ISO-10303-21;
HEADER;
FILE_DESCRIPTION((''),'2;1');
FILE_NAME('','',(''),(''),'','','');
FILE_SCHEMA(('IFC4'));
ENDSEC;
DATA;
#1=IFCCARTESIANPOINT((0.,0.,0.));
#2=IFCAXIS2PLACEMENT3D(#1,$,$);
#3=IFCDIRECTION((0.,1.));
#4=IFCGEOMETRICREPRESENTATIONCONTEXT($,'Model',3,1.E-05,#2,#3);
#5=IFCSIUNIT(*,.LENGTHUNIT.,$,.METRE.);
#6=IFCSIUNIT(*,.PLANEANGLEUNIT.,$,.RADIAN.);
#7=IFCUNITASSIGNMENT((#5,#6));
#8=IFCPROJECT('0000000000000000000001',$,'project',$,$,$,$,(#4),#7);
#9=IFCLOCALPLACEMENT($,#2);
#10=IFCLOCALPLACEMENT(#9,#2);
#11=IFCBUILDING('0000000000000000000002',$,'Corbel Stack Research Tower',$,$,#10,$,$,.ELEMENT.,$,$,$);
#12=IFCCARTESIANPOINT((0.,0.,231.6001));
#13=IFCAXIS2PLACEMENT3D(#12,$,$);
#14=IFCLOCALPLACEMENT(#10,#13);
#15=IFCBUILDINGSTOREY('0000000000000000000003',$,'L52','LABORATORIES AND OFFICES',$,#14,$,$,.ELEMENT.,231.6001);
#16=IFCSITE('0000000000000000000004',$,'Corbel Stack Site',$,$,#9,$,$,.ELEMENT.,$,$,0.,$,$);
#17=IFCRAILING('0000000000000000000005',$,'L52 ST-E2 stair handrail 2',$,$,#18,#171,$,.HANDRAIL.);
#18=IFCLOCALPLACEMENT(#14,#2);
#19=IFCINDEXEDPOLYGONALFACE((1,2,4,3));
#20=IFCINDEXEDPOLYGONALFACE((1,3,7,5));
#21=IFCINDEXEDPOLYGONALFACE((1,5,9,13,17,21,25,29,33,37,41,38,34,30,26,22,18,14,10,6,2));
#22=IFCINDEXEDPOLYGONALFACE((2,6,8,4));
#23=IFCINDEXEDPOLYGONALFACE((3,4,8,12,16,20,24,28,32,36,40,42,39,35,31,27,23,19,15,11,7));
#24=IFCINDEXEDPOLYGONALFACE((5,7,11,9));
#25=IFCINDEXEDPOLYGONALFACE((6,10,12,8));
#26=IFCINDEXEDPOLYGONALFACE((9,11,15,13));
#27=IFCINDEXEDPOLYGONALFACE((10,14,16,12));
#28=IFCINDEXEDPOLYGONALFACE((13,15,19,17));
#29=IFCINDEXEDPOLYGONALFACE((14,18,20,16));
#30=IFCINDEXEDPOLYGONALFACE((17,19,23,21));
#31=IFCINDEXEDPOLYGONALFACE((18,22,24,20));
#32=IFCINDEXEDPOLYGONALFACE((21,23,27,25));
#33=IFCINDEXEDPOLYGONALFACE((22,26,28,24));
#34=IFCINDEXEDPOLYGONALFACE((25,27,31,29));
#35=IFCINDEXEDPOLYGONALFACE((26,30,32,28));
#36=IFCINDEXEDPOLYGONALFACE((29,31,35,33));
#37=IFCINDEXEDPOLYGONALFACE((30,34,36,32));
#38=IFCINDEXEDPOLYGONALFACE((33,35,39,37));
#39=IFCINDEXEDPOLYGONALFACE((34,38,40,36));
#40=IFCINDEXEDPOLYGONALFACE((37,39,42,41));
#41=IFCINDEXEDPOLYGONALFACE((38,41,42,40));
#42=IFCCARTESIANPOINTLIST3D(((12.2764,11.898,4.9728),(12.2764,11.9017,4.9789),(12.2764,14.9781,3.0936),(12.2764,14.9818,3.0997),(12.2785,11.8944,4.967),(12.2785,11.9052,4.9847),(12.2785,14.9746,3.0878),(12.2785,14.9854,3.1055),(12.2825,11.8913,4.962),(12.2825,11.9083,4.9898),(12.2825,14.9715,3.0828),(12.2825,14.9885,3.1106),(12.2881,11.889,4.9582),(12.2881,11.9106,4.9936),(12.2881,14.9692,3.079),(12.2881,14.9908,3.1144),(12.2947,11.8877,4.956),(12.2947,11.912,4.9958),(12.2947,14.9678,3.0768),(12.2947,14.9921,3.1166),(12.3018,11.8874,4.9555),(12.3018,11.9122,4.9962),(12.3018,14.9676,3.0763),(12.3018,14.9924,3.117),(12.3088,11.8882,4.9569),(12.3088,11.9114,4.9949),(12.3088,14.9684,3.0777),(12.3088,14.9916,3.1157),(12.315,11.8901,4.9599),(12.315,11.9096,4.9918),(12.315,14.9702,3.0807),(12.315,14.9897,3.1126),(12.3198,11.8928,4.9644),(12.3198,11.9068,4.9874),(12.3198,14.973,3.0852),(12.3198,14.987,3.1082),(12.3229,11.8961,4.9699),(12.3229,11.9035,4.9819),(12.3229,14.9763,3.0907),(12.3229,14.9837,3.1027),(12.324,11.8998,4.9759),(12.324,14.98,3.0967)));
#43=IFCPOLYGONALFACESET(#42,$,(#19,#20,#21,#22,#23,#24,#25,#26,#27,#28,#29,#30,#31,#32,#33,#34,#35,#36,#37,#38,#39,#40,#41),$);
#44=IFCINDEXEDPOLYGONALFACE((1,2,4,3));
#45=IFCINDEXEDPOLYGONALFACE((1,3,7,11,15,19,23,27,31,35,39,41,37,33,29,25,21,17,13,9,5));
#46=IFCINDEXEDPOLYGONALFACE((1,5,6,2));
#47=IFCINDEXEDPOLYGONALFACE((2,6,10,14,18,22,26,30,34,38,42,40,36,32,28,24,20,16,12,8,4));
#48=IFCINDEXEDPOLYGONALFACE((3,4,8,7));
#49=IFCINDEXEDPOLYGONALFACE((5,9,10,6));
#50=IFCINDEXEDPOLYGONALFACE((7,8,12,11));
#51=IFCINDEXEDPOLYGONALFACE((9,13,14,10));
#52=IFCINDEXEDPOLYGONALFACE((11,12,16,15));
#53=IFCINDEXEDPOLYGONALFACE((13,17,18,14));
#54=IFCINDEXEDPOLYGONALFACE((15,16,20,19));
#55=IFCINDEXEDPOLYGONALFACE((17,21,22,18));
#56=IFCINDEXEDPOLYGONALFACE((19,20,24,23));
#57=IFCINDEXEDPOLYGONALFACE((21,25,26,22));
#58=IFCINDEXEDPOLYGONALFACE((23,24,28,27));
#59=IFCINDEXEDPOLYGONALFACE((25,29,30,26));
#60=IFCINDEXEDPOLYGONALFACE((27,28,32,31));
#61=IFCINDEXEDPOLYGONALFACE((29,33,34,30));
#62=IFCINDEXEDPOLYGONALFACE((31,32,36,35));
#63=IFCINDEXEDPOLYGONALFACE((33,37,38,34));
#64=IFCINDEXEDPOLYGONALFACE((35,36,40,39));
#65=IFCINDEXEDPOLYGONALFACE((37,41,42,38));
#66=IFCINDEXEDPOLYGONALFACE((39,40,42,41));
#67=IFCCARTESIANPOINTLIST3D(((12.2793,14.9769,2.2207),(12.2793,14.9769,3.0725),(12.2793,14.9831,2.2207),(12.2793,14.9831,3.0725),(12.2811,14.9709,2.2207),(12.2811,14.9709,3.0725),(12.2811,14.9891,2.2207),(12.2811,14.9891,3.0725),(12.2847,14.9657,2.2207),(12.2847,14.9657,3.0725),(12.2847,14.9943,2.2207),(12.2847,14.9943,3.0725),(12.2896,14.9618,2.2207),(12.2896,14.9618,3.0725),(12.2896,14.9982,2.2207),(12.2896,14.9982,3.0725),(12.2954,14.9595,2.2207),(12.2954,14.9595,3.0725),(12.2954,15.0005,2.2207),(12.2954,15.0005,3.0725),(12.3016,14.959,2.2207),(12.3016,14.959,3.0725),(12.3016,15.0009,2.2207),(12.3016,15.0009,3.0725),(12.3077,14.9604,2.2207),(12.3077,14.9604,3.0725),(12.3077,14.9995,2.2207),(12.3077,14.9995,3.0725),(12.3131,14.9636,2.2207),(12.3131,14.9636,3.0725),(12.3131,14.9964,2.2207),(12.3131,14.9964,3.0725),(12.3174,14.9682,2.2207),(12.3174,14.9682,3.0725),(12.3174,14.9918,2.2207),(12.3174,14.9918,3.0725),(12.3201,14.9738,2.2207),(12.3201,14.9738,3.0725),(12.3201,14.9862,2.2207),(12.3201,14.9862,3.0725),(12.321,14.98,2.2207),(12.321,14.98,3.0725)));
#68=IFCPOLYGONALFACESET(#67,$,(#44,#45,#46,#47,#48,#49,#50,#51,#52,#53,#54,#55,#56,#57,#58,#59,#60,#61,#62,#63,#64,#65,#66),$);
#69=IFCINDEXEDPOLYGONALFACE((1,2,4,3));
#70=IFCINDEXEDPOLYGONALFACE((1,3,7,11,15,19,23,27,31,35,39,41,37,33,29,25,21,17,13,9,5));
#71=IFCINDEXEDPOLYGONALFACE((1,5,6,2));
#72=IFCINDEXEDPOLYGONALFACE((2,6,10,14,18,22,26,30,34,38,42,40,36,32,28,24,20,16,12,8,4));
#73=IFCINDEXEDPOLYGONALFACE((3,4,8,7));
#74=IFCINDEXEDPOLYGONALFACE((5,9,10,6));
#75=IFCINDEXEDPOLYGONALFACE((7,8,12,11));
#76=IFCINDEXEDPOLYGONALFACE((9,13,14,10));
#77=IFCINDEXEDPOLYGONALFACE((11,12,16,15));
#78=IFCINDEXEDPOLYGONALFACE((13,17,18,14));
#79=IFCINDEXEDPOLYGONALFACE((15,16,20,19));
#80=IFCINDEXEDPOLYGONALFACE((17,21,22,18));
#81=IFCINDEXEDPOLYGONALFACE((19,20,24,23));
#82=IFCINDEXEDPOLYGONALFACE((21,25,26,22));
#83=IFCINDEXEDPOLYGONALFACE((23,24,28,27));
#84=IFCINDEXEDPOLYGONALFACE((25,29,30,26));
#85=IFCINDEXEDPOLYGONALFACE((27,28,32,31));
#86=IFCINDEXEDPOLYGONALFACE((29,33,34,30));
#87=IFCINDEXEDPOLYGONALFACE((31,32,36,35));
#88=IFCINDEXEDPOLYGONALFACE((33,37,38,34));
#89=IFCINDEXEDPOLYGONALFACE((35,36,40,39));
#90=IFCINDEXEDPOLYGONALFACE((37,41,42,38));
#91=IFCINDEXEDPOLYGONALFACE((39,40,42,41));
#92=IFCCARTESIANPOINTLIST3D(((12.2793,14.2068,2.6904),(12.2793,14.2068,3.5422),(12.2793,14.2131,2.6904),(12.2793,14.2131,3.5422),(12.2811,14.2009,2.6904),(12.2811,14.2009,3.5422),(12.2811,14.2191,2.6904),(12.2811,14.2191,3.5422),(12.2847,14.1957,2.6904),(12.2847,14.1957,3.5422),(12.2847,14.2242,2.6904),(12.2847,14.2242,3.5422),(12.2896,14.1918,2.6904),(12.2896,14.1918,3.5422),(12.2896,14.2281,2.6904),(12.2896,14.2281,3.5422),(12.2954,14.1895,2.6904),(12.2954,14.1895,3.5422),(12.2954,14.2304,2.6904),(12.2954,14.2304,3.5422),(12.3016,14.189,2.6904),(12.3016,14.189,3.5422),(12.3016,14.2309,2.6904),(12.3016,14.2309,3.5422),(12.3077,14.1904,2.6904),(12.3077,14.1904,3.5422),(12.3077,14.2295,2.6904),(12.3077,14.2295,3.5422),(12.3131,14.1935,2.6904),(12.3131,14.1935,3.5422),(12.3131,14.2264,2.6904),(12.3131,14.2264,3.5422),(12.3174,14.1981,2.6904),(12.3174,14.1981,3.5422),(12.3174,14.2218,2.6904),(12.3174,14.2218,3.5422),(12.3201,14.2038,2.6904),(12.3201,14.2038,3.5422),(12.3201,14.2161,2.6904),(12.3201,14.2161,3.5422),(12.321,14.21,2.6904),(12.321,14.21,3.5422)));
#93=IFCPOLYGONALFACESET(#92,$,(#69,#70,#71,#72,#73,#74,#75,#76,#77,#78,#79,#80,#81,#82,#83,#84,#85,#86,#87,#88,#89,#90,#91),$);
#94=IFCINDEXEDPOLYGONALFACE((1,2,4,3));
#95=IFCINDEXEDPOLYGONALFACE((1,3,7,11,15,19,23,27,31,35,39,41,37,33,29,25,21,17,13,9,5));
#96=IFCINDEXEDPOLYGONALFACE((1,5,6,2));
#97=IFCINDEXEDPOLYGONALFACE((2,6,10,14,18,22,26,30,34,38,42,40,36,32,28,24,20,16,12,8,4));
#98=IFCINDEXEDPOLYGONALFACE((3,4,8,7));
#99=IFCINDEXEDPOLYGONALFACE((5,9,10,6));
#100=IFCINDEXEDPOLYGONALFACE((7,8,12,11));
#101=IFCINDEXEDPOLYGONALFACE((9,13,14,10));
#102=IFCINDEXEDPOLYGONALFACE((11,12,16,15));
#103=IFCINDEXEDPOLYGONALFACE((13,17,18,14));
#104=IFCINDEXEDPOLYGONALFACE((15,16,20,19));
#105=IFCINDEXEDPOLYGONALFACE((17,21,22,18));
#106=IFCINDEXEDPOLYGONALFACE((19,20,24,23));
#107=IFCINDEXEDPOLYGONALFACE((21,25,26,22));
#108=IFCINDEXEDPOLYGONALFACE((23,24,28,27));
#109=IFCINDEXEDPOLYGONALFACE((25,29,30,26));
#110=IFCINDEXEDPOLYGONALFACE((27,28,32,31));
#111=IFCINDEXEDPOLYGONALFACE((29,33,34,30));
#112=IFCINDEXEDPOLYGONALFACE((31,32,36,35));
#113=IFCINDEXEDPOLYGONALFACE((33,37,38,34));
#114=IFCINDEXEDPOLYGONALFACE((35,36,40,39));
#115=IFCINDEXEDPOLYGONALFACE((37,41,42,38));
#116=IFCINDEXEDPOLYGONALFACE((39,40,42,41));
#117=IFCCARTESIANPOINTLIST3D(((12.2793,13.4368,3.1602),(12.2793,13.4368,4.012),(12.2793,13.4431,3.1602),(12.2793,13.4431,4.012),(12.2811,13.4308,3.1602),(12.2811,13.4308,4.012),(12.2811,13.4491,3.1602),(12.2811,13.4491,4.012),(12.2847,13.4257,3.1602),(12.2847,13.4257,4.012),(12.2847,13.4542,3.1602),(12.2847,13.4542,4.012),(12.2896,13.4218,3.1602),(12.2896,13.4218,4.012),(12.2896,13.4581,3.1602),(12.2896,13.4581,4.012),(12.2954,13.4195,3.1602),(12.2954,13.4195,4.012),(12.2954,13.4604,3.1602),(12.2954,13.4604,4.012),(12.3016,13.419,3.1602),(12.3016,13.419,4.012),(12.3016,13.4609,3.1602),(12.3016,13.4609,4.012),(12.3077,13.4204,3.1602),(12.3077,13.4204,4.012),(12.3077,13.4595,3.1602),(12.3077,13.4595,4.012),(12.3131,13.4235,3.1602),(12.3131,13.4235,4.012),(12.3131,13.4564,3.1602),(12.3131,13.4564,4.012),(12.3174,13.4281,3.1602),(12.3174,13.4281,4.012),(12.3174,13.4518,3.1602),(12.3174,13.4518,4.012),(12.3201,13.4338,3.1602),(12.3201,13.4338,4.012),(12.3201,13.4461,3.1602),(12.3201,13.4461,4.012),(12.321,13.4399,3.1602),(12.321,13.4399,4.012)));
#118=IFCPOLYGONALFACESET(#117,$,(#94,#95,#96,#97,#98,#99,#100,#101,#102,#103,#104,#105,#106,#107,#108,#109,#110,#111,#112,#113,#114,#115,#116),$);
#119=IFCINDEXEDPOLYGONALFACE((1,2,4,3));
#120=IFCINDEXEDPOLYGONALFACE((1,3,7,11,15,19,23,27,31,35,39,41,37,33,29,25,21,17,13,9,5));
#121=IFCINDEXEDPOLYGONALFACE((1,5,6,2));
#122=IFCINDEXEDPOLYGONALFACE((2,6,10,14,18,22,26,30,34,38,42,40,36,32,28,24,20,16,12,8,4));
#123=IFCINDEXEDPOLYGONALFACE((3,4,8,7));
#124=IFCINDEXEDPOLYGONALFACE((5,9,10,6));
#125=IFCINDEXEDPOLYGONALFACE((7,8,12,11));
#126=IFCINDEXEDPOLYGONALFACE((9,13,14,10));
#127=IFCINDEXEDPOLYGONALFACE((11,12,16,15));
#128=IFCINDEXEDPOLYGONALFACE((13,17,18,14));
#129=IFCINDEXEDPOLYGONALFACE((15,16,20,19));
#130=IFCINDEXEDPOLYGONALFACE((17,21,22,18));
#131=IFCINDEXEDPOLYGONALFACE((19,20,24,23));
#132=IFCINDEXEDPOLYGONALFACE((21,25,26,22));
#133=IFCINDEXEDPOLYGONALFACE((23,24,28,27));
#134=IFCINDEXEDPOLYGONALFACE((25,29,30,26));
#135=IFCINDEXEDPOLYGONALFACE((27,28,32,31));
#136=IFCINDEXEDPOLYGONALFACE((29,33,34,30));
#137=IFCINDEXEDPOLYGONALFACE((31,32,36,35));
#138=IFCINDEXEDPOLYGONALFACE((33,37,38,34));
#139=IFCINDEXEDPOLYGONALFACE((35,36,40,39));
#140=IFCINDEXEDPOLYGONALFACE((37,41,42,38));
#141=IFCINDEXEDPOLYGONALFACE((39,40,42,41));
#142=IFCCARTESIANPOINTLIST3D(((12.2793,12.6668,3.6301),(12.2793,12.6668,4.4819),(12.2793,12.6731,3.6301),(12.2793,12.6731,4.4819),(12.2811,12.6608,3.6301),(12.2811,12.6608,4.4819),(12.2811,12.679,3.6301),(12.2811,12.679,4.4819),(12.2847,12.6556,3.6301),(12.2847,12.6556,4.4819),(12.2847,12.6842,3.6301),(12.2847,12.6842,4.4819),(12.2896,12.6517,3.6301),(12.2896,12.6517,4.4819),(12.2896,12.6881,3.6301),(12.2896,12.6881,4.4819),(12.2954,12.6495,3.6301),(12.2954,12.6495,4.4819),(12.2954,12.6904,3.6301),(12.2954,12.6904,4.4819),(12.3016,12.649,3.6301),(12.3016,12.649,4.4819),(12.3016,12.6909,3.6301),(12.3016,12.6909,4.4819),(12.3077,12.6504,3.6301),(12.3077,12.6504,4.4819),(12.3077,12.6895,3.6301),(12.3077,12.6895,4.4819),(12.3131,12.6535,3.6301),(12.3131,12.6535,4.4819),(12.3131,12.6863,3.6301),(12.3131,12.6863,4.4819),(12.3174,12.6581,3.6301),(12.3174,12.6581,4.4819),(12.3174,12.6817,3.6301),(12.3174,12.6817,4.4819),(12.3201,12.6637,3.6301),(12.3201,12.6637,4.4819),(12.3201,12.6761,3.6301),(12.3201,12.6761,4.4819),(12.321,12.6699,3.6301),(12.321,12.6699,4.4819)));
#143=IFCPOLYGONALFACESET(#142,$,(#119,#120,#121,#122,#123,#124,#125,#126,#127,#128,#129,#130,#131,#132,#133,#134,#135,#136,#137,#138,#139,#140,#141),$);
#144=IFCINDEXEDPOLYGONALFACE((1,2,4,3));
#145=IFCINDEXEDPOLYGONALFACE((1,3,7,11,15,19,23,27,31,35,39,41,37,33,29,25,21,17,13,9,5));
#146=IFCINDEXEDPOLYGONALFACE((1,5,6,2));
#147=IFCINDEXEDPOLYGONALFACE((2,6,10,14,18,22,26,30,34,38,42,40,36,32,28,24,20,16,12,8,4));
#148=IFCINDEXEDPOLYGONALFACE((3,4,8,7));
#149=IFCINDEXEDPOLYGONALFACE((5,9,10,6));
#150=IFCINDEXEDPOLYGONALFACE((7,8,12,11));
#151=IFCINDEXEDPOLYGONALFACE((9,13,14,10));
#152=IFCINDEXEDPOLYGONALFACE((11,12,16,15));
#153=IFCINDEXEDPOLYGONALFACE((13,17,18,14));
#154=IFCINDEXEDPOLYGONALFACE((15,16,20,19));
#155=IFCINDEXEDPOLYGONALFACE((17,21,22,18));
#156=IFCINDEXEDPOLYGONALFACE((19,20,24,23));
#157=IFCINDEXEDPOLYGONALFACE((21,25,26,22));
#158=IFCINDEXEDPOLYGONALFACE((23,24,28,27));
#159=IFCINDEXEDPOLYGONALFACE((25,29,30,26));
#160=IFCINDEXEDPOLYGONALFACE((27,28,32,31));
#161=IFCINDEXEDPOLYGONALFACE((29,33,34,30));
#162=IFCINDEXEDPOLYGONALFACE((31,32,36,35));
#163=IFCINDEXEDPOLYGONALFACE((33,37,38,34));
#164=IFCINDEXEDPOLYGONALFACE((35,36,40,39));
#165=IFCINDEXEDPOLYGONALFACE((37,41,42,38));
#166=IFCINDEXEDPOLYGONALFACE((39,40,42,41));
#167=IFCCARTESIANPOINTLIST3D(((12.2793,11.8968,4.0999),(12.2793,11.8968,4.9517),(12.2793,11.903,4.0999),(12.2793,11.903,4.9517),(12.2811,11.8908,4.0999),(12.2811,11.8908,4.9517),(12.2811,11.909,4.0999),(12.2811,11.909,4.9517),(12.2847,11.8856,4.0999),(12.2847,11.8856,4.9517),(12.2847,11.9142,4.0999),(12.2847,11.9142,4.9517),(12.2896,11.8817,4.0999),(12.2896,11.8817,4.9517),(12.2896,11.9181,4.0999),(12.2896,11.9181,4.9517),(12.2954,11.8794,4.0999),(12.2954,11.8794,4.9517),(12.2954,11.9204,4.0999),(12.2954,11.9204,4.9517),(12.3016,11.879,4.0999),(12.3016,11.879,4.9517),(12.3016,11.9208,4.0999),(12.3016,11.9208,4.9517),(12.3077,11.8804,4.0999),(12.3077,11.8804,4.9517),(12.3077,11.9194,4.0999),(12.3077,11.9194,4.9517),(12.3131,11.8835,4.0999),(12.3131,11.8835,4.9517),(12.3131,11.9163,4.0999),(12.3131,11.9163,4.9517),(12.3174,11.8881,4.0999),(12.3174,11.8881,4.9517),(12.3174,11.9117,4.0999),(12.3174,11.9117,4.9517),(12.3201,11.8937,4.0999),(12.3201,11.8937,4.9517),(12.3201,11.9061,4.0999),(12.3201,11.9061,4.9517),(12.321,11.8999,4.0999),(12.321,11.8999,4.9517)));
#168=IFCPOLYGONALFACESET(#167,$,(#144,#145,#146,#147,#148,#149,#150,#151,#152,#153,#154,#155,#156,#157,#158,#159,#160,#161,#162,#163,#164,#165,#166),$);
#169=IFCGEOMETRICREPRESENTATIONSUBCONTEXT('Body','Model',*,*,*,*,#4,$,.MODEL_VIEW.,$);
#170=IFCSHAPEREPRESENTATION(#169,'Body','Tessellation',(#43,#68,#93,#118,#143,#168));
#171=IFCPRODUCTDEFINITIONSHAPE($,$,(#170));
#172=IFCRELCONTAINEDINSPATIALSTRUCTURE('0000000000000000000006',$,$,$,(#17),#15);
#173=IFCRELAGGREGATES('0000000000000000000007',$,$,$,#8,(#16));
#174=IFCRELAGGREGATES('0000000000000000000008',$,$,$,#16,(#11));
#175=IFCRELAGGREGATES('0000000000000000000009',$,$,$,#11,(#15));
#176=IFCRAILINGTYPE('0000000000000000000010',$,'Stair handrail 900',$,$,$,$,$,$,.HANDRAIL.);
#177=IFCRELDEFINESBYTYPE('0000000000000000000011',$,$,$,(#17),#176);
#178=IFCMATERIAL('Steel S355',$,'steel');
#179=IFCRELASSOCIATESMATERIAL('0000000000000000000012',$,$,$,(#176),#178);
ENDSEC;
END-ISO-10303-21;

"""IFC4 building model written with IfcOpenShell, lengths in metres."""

from ifc_helpers import new_model, si_unit, direction, frame, origin, origin_2d, place, context, subcontext, project, spatial, circle, extrude, material, type_object, element, save


model = new_model("IFC4")

# Units and contexts
model_context = context("Model", 3, precision=1e-05, world=origin(), true_north=direction((0.0, 1.0)))
body_context = subcontext(model_context, "Body", "Model", "MODEL_VIEW")
ifc_project = project(units=[si_unit("LENGTHUNIT", "METRE"), si_unit("PLANEANGLEUNIT", "RADIAN")], contexts=[model_context])

# Site, building, storey
site_placement = place(None, origin())
site = spatial("IfcSite", under=ifc_project, at=site_placement, Name="Corbel Stack Site", CompositionType="ELEMENT", RefElevation=0.0)
building_placement = place(site_placement, origin())
building = spatial("IfcBuilding", under=site, at=building_placement, Name="Corbel Stack Research Tower", CompositionType="ELEMENT")
storey_placement = place(building_placement, frame((0.0, 0.0, 231.6001)))
storey = spatial("IfcBuildingStorey", under=building, at=storey_placement, Name="L52", Description="LABORATORIES AND OFFICES", CompositionType="ELEMENT", Elevation=231.6001)

# Railing
ifc_material_1 = material(Name="Steel S355", Category="steel")
railing_type_1 = type_object("IfcRailingType", Name="Stair handrail 900", PredefinedType="HANDRAIL", material=ifc_material_1)
railing_1_placement = place(storey_placement, frame((12.3, 14.98, 2.2207)))
element("IfcRailing", 1, at=railing_1_placement, inside=storey, type_object=railing_type_1, Name="L52 ST-E2 stair handrail 2", PredefinedType="HANDRAIL", context=body_context, shape_type="SweptSolid", body=[
    extrude(circle(Radius=0.0239, at=origin_2d()), frame((0.0, 0.0, 0.876), z_axis=(0.0, -0.853666, 0.52082), x_axis=(1.0, 0.0, 0.0)), (0.0, 0.0, 1.0), 3.6082),
    extrude(circle(Radius=0.021, at=origin_2d()), origin(), (0.0, 0.0, 1.0), 0.8518),
    extrude(circle(Radius=0.021, at=origin_2d()), frame((0.0, -0.77, 0.4697)), (0.0, 0.0, 1.0), 0.8518),
    extrude(circle(Radius=0.021, at=origin_2d()), frame((0.0, -1.54, 0.9395)), (0.0, 0.0, 1.0), 0.8518),
    extrude(circle(Radius=0.021, at=origin_2d()), frame((0.0, -2.3101, 1.4094)), (0.0, 0.0, 1.0), 0.8518),
    extrude(circle(Radius=0.021, at=origin_2d()), frame((0.0, -3.0801, 1.8792)), (0.0, 0.0, 1.0), 0.8518),
])

save(model, "model.ifc")
